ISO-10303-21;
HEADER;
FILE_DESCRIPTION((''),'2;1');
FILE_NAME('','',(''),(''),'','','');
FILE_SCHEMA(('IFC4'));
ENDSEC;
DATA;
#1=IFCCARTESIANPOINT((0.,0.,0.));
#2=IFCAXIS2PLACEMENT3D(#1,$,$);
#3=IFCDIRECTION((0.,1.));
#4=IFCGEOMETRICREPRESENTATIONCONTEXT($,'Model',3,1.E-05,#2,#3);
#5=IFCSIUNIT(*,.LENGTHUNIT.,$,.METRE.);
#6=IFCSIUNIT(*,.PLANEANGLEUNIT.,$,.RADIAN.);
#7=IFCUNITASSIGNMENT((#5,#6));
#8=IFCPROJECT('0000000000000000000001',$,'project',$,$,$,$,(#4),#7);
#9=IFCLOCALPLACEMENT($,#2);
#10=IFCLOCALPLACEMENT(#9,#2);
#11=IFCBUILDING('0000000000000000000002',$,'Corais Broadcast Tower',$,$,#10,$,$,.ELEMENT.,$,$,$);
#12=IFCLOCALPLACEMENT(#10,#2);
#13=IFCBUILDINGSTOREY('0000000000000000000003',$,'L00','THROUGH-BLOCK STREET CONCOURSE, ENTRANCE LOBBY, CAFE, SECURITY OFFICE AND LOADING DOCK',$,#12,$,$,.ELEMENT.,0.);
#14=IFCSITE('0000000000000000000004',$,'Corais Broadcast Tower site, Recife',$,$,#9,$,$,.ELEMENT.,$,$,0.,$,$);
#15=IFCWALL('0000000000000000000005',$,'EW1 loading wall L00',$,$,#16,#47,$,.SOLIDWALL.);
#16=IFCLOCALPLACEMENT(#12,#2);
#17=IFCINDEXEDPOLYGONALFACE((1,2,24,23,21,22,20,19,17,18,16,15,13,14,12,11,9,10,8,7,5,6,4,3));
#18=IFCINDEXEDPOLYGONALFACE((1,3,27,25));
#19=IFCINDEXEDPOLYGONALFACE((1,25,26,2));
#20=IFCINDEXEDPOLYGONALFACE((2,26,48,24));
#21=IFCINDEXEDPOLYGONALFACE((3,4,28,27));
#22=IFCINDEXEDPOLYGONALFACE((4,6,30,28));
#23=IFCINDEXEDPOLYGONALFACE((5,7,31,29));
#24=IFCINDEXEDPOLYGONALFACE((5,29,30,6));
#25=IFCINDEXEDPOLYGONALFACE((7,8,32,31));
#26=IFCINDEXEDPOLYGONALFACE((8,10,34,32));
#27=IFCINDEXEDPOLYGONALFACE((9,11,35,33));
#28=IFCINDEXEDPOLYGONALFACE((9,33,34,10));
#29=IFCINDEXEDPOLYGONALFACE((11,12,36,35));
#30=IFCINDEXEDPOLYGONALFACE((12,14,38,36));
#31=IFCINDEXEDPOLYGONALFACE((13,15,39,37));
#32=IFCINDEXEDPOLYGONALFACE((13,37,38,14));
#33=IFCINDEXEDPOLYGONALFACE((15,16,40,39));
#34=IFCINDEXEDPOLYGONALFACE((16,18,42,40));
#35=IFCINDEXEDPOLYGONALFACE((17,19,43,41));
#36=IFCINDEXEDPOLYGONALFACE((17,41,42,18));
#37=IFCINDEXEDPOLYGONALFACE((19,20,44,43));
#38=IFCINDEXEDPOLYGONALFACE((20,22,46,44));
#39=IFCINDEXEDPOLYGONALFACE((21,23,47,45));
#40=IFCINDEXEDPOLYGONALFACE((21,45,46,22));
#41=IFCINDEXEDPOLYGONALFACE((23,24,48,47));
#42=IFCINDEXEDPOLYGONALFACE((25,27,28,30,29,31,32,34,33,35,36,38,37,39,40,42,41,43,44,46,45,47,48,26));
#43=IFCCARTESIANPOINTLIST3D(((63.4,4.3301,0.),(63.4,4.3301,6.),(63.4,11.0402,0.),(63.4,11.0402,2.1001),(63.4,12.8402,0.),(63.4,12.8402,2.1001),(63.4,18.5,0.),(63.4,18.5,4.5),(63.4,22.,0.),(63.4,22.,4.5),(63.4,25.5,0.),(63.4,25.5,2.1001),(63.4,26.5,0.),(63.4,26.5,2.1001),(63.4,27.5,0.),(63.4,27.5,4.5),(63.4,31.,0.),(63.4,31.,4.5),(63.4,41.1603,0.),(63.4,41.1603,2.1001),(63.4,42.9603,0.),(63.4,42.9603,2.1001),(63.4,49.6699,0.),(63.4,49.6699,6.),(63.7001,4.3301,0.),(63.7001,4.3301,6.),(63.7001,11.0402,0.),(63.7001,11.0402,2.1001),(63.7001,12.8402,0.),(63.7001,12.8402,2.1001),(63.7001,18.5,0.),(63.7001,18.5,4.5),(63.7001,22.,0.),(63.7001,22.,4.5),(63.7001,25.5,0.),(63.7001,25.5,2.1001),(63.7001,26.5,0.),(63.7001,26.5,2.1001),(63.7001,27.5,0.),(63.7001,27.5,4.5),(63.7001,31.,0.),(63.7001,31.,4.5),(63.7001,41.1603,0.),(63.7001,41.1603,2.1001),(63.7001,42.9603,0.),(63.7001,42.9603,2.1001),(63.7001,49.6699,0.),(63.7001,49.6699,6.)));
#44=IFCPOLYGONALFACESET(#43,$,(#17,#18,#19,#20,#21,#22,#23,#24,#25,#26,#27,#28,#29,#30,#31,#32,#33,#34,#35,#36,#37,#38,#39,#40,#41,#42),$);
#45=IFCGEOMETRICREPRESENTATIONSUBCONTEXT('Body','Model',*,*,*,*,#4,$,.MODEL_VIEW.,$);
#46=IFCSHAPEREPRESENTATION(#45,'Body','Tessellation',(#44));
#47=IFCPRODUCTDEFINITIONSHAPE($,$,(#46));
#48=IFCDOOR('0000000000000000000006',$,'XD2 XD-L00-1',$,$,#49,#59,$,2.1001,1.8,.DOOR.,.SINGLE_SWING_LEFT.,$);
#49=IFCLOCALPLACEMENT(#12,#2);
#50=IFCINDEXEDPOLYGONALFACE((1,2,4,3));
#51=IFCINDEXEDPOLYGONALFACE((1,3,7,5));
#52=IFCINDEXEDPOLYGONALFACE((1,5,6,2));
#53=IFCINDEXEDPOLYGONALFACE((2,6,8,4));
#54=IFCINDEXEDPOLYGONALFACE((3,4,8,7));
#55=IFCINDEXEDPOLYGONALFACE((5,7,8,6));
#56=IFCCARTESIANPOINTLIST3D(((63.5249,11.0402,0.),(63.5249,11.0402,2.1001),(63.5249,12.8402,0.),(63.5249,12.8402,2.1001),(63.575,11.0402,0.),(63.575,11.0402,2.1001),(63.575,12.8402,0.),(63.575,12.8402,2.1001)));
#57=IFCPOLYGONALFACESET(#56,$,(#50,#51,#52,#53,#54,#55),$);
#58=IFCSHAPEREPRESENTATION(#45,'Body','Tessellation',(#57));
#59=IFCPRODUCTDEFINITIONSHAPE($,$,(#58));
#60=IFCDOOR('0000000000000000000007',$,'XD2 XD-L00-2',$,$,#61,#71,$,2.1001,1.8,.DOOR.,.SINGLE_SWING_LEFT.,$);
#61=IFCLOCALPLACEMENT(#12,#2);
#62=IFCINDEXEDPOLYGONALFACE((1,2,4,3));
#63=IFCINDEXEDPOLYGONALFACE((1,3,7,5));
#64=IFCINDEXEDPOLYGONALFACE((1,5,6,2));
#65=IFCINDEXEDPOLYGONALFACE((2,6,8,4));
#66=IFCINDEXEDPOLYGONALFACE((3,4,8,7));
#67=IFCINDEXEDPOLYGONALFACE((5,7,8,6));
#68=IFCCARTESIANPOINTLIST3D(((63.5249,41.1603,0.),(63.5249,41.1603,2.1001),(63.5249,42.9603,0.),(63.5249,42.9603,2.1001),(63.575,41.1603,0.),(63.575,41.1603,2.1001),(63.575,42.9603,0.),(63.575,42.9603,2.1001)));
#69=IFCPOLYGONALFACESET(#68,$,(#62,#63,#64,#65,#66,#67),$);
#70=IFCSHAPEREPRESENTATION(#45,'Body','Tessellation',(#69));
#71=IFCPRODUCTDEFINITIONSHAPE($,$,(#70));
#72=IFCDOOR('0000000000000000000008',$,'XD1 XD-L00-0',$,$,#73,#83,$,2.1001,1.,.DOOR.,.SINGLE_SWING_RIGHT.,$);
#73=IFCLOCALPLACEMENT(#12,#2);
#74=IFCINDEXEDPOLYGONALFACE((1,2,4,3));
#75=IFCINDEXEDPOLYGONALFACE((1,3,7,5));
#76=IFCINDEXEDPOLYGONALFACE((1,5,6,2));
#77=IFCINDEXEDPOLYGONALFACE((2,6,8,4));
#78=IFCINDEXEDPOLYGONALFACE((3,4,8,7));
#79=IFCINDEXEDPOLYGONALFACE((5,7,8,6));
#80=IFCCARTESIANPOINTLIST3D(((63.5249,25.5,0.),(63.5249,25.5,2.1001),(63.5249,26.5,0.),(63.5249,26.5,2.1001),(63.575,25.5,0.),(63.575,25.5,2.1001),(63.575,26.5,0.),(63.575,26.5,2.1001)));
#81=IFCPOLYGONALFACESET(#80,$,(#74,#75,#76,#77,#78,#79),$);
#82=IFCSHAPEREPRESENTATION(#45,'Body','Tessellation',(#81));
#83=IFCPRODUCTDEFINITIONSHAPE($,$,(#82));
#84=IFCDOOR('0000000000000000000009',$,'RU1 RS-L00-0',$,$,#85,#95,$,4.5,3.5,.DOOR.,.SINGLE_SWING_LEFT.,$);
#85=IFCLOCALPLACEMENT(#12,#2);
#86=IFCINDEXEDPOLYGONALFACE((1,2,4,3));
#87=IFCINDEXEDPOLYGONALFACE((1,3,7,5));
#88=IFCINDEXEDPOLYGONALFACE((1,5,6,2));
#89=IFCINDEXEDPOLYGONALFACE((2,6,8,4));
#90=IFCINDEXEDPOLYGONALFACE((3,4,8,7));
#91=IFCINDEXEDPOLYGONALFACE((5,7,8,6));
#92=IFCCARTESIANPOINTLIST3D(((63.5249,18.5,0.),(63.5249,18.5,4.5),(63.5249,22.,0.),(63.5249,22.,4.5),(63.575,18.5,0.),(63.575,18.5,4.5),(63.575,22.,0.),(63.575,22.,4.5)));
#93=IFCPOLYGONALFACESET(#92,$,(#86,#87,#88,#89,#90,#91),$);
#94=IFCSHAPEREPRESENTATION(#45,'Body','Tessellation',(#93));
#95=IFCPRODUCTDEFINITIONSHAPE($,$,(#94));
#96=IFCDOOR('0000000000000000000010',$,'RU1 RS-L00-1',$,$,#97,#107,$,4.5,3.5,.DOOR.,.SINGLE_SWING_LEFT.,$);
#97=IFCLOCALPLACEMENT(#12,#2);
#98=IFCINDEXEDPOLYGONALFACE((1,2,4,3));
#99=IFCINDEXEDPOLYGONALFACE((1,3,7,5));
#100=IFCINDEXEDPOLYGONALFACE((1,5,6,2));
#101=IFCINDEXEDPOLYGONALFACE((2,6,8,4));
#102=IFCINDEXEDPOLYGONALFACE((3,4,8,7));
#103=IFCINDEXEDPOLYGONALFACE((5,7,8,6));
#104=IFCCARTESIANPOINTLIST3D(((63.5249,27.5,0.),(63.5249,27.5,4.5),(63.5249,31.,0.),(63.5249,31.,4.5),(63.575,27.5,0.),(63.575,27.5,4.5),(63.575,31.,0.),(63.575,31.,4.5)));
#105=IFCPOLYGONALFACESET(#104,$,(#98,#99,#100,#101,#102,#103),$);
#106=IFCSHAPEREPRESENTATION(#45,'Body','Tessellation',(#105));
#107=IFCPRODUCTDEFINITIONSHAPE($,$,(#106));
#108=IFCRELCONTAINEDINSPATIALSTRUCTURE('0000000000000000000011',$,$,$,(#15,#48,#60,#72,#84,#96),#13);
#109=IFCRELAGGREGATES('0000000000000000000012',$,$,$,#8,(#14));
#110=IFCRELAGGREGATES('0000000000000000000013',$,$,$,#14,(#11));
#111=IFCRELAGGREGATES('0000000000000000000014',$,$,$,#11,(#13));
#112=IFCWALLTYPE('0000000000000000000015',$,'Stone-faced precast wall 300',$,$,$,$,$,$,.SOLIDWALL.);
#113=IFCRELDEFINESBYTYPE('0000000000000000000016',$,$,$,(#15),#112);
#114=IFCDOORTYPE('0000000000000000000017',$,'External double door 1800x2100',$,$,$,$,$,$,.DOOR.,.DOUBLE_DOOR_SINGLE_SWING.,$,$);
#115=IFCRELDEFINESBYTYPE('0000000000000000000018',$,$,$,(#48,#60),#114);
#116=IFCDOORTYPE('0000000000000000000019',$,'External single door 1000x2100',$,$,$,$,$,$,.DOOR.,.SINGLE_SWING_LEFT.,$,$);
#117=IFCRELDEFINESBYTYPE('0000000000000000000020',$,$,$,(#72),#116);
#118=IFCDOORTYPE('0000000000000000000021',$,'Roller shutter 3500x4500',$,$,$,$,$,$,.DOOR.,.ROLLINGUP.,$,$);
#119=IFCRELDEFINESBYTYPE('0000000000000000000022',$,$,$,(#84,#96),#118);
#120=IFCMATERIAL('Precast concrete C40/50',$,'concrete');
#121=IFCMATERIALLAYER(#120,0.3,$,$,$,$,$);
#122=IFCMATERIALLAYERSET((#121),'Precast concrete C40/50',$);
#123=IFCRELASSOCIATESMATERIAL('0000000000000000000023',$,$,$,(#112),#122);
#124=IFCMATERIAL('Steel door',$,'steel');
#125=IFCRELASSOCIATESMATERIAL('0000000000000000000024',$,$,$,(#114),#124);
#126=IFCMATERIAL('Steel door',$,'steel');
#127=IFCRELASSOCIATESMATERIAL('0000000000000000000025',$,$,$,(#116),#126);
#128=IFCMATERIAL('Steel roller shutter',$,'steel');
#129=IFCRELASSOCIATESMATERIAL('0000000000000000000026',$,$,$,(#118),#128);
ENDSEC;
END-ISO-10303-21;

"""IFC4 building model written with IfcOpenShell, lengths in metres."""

from ifc_helpers import new_model, si_unit, direction, frame, frame_2d, origin, place, context, subcontext, project, spatial, rectangle, extrude, material, layer, layer_set, type_object, element, fill, save


model = new_model("IFC4")

# Units and contexts
model_context = context("Model", 3, precision=1e-05, world=origin(), true_north=direction((0.0, 1.0)))
body_context = subcontext(model_context, "Body", "Model", "MODEL_VIEW")
ifc_project = project(units=[si_unit("LENGTHUNIT", "METRE"), si_unit("PLANEANGLEUNIT", "RADIAN")], contexts=[model_context])

# Site, building, storey
site_placement = place(None, origin())
site = spatial("IfcSite", under=ifc_project, at=site_placement, Name="Corais Broadcast Tower site, Recife", CompositionType="ELEMENT", RefElevation=0.0)
building_placement = place(site_placement, origin())
building = spatial("IfcBuilding", under=site, at=building_placement, Name="Corais Broadcast Tower", CompositionType="ELEMENT")
storey_placement = place(building_placement, origin())
storey = spatial("IfcBuildingStorey", under=building, at=storey_placement, Name="L00", Description="THROUGH-BLOCK STREET CONCOURSE, ENTRANCE LOBBY, CAFE, SECURITY OFFICE AND LOADING DOCK", CompositionType="ELEMENT", Elevation=0.0)

# Wall, openings, doors
ifc_material_1 = material(Name="Precast concrete C40/50", Category="concrete")
ifc_layer_1 = layer(ifc_material_1, 0.3)
ifc_layer_set_1 = layer_set([ifc_layer_1], Name="Precast concrete C40/50")
wall_type_1 = type_object("IfcWallType", Name="Stone-faced precast wall 300", PredefinedType="SOLIDWALL", material=ifc_layer_set_1)
wall_1_placement = place(storey_placement, frame((63.55, 49.6699, 0.0), z_axis=(0.0, 0.0, 1.0), x_axis=(0.0, -1.0, 0.0)))
wall_1 = element("IfcWall", 1, at=wall_1_placement, inside=storey, type_object=wall_type_1, Name="EW1 loading wall L00", PredefinedType="SOLIDWALL", context=body_context, shape_type="SweptSolid", body=[
    extrude(rectangle(XDim=45.3398, YDim=0.3, at=frame_2d((22.6699, 0.0))), origin(), (0.0, 0.0, 1.0), 6.0),
])
opening_1_placement = place(wall_1_placement, frame((27.6699, 0.0, 0.0)))
opening_1 = element("IfcOpeningElement", 2, at=opening_1_placement, cuts=wall_1, PredefinedType="OPENING", context=body_context, shape_type="SweptSolid", body=[
    extrude(rectangle(XDim=3.5, YDim=4.5, at=frame_2d((1.75, 2.25))), frame((0.0, 0.1599, 0.0), z_axis=(0.0, -1.0, 0.0), x_axis=(1.0, 0.0, 0.0)), (0.0, 0.0, 1.0), 0.3201),
])
opening_2_placement = place(wall_1_placement, frame((18.6699, 0.0, 0.0)))
opening_2 = element("IfcOpeningElement", 3, at=opening_2_placement, cuts=wall_1, PredefinedType="OPENING", context=body_context, shape_type="SweptSolid", body=[
    extrude(rectangle(XDim=3.5, YDim=4.5, at=frame_2d((1.75, 2.25))), frame((0.0, 0.1599, 0.0), z_axis=(0.0, -1.0, 0.0), x_axis=(1.0, 0.0, 0.0)), (0.0, 0.0, 1.0), 0.3201),
])
opening_3_placement = place(wall_1_placement, frame((23.1699, 0.0, 0.0)))
opening_3 = element("IfcOpeningElement", 4, at=opening_3_placement, cuts=wall_1, PredefinedType="OPENING", context=body_context, shape_type="SweptSolid", body=[
    extrude(rectangle(XDim=1.0, YDim=2.1001, at=frame_2d((0.5, 1.05))), frame((0.0, 0.1599, 0.0), z_axis=(0.0, -1.0, 0.0), x_axis=(1.0, 0.0, 0.0)), (0.0, 0.0, 1.0), 0.3201),
])
opening_4_placement = place(wall_1_placement, frame((36.8298, 0.0, 0.0)))
opening_4 = element("IfcOpeningElement", 5, at=opening_4_placement, cuts=wall_1, PredefinedType="OPENING", context=body_context, shape_type="SweptSolid", body=[
    extrude(rectangle(XDim=1.8, YDim=2.1001, at=frame_2d((0.8999, 1.05))), frame((0.0, 0.1599, 0.0), z_axis=(0.0, -1.0, 0.0), x_axis=(1.0, 0.0, 0.0)), (0.0, 0.0, 1.0), 0.3201),
])
opening_5_placement = place(wall_1_placement, frame((6.7097, 0.0, 0.0)))
opening_5 = element("IfcOpeningElement", 6, at=opening_5_placement, cuts=wall_1, PredefinedType="OPENING", context=body_context, shape_type="SweptSolid", body=[
    extrude(rectangle(XDim=1.8, YDim=2.1001, at=frame_2d((0.8999, 1.05))), frame((0.0, 0.1599, 0.0), z_axis=(0.0, -1.0, 0.0), x_axis=(1.0, 0.0, 0.0)), (0.0, 0.0, 1.0), 0.3201),
])
ifc_material_2 = material(Name="Steel door", Category="steel")
door_type_1 = type_object("IfcDoorType", Name="External double door 1800x2100", OperationType="DOUBLE_DOOR_SINGLE_SWING", PredefinedType="DOOR", material=ifc_material_2)
door_1_placement = place(opening_4_placement, origin())
door_1 = element("IfcDoor", 7, at=door_1_placement, inside=storey, type_object=door_type_1, Name="XD2 XD-L00-1", OperationType="SINGLE_SWING_LEFT", OverallHeight=2.1001, OverallWidth=1.8, PredefinedType="DOOR", context=body_context, shape_type="SweptSolid", body=[
    extrude(rectangle(XDim=1.8, YDim=2.1001, at=frame_2d((0.8999, 1.05))), frame((0.0, 0.0249, 0.0), z_axis=(0.0, -1.0, 0.0), x_axis=(1.0, 0.0, 0.0)), (0.0, 0.0, 1.0), 0.05),
])
fill(opening_4, door_1)
door_2_placement = place(opening_5_placement, origin())
door_2 = element("IfcDoor", 8, at=door_2_placement, inside=storey, type_object=door_type_1, Name="XD2 XD-L00-2", OperationType="SINGLE_SWING_LEFT", OverallHeight=2.1001, OverallWidth=1.8, PredefinedType="DOOR", context=body_context, shape_type="SweptSolid", body=[
    extrude(rectangle(XDim=1.8, YDim=2.1001, at=frame_2d((0.8999, 1.05))), frame((0.0, 0.0249, 0.0), z_axis=(0.0, -1.0, 0.0), x_axis=(1.0, 0.0, 0.0)), (0.0, 0.0, 1.0), 0.05),
])
fill(opening_5, door_2)
ifc_material_3 = material(Name="Steel door", Category="steel")
door_type_2 = type_object("IfcDoorType", Name="External single door 1000x2100", OperationType="SINGLE_SWING_LEFT", PredefinedType="DOOR", material=ifc_material_3)
door_3_placement = place(opening_3_placement, origin())
door_3 = element("IfcDoor", 9, at=door_3_placement, inside=storey, type_object=door_type_2, Name="XD1 XD-L00-0", OperationType="SINGLE_SWING_RIGHT", OverallHeight=2.1001, OverallWidth=1.0, PredefinedType="DOOR", context=body_context, shape_type="SweptSolid", body=[
    extrude(rectangle(XDim=1.0, YDim=2.1001, at=frame_2d((0.5, 1.05))), frame((0.0, 0.0249, 0.0), z_axis=(0.0, -1.0, 0.0), x_axis=(1.0, 0.0, 0.0)), (0.0, 0.0, 1.0), 0.05),
])
fill(opening_3, door_3)
ifc_material_4 = material(Name="Steel roller shutter", Category="steel")
door_type_3 = type_object("IfcDoorType", Name="Roller shutter 3500x4500", OperationType="ROLLINGUP", PredefinedType="DOOR", material=ifc_material_4)
door_4_placement = place(opening_1_placement, origin())
door_4 = element("IfcDoor", 10, at=door_4_placement, inside=storey, type_object=door_type_3, Name="RU1 RS-L00-0", OperationType="SINGLE_SWING_LEFT", OverallHeight=4.5, OverallWidth=3.5, PredefinedType="DOOR", context=body_context, shape_type="SweptSolid", body=[
    extrude(rectangle(XDim=3.5, YDim=4.5, at=frame_2d((1.75, 2.25))), frame((0.0, 0.0249, 0.0), z_axis=(0.0, -1.0, 0.0), x_axis=(1.0, 0.0, 0.0)), (0.0, 0.0, 1.0), 0.05),
])
fill(opening_1, door_4)
door_5_placement = place(opening_2_placement, origin())
door_5 = element("IfcDoor", 11, at=door_5_placement, inside=storey, type_object=door_type_3, Name="RU1 RS-L00-1", OperationType="SINGLE_SWING_LEFT", OverallHeight=4.5, OverallWidth=3.5, PredefinedType="DOOR", context=body_context, shape_type="SweptSolid", body=[
    extrude(rectangle(XDim=3.5, YDim=4.5, at=frame_2d((1.75, 2.25))), frame((0.0, 0.0249, 0.0), z_axis=(0.0, -1.0, 0.0), x_axis=(1.0, 0.0, 0.0)), (0.0, 0.0, 1.0), 0.05),
])
fill(opening_2, door_5)

save(model, "model.ifc")
